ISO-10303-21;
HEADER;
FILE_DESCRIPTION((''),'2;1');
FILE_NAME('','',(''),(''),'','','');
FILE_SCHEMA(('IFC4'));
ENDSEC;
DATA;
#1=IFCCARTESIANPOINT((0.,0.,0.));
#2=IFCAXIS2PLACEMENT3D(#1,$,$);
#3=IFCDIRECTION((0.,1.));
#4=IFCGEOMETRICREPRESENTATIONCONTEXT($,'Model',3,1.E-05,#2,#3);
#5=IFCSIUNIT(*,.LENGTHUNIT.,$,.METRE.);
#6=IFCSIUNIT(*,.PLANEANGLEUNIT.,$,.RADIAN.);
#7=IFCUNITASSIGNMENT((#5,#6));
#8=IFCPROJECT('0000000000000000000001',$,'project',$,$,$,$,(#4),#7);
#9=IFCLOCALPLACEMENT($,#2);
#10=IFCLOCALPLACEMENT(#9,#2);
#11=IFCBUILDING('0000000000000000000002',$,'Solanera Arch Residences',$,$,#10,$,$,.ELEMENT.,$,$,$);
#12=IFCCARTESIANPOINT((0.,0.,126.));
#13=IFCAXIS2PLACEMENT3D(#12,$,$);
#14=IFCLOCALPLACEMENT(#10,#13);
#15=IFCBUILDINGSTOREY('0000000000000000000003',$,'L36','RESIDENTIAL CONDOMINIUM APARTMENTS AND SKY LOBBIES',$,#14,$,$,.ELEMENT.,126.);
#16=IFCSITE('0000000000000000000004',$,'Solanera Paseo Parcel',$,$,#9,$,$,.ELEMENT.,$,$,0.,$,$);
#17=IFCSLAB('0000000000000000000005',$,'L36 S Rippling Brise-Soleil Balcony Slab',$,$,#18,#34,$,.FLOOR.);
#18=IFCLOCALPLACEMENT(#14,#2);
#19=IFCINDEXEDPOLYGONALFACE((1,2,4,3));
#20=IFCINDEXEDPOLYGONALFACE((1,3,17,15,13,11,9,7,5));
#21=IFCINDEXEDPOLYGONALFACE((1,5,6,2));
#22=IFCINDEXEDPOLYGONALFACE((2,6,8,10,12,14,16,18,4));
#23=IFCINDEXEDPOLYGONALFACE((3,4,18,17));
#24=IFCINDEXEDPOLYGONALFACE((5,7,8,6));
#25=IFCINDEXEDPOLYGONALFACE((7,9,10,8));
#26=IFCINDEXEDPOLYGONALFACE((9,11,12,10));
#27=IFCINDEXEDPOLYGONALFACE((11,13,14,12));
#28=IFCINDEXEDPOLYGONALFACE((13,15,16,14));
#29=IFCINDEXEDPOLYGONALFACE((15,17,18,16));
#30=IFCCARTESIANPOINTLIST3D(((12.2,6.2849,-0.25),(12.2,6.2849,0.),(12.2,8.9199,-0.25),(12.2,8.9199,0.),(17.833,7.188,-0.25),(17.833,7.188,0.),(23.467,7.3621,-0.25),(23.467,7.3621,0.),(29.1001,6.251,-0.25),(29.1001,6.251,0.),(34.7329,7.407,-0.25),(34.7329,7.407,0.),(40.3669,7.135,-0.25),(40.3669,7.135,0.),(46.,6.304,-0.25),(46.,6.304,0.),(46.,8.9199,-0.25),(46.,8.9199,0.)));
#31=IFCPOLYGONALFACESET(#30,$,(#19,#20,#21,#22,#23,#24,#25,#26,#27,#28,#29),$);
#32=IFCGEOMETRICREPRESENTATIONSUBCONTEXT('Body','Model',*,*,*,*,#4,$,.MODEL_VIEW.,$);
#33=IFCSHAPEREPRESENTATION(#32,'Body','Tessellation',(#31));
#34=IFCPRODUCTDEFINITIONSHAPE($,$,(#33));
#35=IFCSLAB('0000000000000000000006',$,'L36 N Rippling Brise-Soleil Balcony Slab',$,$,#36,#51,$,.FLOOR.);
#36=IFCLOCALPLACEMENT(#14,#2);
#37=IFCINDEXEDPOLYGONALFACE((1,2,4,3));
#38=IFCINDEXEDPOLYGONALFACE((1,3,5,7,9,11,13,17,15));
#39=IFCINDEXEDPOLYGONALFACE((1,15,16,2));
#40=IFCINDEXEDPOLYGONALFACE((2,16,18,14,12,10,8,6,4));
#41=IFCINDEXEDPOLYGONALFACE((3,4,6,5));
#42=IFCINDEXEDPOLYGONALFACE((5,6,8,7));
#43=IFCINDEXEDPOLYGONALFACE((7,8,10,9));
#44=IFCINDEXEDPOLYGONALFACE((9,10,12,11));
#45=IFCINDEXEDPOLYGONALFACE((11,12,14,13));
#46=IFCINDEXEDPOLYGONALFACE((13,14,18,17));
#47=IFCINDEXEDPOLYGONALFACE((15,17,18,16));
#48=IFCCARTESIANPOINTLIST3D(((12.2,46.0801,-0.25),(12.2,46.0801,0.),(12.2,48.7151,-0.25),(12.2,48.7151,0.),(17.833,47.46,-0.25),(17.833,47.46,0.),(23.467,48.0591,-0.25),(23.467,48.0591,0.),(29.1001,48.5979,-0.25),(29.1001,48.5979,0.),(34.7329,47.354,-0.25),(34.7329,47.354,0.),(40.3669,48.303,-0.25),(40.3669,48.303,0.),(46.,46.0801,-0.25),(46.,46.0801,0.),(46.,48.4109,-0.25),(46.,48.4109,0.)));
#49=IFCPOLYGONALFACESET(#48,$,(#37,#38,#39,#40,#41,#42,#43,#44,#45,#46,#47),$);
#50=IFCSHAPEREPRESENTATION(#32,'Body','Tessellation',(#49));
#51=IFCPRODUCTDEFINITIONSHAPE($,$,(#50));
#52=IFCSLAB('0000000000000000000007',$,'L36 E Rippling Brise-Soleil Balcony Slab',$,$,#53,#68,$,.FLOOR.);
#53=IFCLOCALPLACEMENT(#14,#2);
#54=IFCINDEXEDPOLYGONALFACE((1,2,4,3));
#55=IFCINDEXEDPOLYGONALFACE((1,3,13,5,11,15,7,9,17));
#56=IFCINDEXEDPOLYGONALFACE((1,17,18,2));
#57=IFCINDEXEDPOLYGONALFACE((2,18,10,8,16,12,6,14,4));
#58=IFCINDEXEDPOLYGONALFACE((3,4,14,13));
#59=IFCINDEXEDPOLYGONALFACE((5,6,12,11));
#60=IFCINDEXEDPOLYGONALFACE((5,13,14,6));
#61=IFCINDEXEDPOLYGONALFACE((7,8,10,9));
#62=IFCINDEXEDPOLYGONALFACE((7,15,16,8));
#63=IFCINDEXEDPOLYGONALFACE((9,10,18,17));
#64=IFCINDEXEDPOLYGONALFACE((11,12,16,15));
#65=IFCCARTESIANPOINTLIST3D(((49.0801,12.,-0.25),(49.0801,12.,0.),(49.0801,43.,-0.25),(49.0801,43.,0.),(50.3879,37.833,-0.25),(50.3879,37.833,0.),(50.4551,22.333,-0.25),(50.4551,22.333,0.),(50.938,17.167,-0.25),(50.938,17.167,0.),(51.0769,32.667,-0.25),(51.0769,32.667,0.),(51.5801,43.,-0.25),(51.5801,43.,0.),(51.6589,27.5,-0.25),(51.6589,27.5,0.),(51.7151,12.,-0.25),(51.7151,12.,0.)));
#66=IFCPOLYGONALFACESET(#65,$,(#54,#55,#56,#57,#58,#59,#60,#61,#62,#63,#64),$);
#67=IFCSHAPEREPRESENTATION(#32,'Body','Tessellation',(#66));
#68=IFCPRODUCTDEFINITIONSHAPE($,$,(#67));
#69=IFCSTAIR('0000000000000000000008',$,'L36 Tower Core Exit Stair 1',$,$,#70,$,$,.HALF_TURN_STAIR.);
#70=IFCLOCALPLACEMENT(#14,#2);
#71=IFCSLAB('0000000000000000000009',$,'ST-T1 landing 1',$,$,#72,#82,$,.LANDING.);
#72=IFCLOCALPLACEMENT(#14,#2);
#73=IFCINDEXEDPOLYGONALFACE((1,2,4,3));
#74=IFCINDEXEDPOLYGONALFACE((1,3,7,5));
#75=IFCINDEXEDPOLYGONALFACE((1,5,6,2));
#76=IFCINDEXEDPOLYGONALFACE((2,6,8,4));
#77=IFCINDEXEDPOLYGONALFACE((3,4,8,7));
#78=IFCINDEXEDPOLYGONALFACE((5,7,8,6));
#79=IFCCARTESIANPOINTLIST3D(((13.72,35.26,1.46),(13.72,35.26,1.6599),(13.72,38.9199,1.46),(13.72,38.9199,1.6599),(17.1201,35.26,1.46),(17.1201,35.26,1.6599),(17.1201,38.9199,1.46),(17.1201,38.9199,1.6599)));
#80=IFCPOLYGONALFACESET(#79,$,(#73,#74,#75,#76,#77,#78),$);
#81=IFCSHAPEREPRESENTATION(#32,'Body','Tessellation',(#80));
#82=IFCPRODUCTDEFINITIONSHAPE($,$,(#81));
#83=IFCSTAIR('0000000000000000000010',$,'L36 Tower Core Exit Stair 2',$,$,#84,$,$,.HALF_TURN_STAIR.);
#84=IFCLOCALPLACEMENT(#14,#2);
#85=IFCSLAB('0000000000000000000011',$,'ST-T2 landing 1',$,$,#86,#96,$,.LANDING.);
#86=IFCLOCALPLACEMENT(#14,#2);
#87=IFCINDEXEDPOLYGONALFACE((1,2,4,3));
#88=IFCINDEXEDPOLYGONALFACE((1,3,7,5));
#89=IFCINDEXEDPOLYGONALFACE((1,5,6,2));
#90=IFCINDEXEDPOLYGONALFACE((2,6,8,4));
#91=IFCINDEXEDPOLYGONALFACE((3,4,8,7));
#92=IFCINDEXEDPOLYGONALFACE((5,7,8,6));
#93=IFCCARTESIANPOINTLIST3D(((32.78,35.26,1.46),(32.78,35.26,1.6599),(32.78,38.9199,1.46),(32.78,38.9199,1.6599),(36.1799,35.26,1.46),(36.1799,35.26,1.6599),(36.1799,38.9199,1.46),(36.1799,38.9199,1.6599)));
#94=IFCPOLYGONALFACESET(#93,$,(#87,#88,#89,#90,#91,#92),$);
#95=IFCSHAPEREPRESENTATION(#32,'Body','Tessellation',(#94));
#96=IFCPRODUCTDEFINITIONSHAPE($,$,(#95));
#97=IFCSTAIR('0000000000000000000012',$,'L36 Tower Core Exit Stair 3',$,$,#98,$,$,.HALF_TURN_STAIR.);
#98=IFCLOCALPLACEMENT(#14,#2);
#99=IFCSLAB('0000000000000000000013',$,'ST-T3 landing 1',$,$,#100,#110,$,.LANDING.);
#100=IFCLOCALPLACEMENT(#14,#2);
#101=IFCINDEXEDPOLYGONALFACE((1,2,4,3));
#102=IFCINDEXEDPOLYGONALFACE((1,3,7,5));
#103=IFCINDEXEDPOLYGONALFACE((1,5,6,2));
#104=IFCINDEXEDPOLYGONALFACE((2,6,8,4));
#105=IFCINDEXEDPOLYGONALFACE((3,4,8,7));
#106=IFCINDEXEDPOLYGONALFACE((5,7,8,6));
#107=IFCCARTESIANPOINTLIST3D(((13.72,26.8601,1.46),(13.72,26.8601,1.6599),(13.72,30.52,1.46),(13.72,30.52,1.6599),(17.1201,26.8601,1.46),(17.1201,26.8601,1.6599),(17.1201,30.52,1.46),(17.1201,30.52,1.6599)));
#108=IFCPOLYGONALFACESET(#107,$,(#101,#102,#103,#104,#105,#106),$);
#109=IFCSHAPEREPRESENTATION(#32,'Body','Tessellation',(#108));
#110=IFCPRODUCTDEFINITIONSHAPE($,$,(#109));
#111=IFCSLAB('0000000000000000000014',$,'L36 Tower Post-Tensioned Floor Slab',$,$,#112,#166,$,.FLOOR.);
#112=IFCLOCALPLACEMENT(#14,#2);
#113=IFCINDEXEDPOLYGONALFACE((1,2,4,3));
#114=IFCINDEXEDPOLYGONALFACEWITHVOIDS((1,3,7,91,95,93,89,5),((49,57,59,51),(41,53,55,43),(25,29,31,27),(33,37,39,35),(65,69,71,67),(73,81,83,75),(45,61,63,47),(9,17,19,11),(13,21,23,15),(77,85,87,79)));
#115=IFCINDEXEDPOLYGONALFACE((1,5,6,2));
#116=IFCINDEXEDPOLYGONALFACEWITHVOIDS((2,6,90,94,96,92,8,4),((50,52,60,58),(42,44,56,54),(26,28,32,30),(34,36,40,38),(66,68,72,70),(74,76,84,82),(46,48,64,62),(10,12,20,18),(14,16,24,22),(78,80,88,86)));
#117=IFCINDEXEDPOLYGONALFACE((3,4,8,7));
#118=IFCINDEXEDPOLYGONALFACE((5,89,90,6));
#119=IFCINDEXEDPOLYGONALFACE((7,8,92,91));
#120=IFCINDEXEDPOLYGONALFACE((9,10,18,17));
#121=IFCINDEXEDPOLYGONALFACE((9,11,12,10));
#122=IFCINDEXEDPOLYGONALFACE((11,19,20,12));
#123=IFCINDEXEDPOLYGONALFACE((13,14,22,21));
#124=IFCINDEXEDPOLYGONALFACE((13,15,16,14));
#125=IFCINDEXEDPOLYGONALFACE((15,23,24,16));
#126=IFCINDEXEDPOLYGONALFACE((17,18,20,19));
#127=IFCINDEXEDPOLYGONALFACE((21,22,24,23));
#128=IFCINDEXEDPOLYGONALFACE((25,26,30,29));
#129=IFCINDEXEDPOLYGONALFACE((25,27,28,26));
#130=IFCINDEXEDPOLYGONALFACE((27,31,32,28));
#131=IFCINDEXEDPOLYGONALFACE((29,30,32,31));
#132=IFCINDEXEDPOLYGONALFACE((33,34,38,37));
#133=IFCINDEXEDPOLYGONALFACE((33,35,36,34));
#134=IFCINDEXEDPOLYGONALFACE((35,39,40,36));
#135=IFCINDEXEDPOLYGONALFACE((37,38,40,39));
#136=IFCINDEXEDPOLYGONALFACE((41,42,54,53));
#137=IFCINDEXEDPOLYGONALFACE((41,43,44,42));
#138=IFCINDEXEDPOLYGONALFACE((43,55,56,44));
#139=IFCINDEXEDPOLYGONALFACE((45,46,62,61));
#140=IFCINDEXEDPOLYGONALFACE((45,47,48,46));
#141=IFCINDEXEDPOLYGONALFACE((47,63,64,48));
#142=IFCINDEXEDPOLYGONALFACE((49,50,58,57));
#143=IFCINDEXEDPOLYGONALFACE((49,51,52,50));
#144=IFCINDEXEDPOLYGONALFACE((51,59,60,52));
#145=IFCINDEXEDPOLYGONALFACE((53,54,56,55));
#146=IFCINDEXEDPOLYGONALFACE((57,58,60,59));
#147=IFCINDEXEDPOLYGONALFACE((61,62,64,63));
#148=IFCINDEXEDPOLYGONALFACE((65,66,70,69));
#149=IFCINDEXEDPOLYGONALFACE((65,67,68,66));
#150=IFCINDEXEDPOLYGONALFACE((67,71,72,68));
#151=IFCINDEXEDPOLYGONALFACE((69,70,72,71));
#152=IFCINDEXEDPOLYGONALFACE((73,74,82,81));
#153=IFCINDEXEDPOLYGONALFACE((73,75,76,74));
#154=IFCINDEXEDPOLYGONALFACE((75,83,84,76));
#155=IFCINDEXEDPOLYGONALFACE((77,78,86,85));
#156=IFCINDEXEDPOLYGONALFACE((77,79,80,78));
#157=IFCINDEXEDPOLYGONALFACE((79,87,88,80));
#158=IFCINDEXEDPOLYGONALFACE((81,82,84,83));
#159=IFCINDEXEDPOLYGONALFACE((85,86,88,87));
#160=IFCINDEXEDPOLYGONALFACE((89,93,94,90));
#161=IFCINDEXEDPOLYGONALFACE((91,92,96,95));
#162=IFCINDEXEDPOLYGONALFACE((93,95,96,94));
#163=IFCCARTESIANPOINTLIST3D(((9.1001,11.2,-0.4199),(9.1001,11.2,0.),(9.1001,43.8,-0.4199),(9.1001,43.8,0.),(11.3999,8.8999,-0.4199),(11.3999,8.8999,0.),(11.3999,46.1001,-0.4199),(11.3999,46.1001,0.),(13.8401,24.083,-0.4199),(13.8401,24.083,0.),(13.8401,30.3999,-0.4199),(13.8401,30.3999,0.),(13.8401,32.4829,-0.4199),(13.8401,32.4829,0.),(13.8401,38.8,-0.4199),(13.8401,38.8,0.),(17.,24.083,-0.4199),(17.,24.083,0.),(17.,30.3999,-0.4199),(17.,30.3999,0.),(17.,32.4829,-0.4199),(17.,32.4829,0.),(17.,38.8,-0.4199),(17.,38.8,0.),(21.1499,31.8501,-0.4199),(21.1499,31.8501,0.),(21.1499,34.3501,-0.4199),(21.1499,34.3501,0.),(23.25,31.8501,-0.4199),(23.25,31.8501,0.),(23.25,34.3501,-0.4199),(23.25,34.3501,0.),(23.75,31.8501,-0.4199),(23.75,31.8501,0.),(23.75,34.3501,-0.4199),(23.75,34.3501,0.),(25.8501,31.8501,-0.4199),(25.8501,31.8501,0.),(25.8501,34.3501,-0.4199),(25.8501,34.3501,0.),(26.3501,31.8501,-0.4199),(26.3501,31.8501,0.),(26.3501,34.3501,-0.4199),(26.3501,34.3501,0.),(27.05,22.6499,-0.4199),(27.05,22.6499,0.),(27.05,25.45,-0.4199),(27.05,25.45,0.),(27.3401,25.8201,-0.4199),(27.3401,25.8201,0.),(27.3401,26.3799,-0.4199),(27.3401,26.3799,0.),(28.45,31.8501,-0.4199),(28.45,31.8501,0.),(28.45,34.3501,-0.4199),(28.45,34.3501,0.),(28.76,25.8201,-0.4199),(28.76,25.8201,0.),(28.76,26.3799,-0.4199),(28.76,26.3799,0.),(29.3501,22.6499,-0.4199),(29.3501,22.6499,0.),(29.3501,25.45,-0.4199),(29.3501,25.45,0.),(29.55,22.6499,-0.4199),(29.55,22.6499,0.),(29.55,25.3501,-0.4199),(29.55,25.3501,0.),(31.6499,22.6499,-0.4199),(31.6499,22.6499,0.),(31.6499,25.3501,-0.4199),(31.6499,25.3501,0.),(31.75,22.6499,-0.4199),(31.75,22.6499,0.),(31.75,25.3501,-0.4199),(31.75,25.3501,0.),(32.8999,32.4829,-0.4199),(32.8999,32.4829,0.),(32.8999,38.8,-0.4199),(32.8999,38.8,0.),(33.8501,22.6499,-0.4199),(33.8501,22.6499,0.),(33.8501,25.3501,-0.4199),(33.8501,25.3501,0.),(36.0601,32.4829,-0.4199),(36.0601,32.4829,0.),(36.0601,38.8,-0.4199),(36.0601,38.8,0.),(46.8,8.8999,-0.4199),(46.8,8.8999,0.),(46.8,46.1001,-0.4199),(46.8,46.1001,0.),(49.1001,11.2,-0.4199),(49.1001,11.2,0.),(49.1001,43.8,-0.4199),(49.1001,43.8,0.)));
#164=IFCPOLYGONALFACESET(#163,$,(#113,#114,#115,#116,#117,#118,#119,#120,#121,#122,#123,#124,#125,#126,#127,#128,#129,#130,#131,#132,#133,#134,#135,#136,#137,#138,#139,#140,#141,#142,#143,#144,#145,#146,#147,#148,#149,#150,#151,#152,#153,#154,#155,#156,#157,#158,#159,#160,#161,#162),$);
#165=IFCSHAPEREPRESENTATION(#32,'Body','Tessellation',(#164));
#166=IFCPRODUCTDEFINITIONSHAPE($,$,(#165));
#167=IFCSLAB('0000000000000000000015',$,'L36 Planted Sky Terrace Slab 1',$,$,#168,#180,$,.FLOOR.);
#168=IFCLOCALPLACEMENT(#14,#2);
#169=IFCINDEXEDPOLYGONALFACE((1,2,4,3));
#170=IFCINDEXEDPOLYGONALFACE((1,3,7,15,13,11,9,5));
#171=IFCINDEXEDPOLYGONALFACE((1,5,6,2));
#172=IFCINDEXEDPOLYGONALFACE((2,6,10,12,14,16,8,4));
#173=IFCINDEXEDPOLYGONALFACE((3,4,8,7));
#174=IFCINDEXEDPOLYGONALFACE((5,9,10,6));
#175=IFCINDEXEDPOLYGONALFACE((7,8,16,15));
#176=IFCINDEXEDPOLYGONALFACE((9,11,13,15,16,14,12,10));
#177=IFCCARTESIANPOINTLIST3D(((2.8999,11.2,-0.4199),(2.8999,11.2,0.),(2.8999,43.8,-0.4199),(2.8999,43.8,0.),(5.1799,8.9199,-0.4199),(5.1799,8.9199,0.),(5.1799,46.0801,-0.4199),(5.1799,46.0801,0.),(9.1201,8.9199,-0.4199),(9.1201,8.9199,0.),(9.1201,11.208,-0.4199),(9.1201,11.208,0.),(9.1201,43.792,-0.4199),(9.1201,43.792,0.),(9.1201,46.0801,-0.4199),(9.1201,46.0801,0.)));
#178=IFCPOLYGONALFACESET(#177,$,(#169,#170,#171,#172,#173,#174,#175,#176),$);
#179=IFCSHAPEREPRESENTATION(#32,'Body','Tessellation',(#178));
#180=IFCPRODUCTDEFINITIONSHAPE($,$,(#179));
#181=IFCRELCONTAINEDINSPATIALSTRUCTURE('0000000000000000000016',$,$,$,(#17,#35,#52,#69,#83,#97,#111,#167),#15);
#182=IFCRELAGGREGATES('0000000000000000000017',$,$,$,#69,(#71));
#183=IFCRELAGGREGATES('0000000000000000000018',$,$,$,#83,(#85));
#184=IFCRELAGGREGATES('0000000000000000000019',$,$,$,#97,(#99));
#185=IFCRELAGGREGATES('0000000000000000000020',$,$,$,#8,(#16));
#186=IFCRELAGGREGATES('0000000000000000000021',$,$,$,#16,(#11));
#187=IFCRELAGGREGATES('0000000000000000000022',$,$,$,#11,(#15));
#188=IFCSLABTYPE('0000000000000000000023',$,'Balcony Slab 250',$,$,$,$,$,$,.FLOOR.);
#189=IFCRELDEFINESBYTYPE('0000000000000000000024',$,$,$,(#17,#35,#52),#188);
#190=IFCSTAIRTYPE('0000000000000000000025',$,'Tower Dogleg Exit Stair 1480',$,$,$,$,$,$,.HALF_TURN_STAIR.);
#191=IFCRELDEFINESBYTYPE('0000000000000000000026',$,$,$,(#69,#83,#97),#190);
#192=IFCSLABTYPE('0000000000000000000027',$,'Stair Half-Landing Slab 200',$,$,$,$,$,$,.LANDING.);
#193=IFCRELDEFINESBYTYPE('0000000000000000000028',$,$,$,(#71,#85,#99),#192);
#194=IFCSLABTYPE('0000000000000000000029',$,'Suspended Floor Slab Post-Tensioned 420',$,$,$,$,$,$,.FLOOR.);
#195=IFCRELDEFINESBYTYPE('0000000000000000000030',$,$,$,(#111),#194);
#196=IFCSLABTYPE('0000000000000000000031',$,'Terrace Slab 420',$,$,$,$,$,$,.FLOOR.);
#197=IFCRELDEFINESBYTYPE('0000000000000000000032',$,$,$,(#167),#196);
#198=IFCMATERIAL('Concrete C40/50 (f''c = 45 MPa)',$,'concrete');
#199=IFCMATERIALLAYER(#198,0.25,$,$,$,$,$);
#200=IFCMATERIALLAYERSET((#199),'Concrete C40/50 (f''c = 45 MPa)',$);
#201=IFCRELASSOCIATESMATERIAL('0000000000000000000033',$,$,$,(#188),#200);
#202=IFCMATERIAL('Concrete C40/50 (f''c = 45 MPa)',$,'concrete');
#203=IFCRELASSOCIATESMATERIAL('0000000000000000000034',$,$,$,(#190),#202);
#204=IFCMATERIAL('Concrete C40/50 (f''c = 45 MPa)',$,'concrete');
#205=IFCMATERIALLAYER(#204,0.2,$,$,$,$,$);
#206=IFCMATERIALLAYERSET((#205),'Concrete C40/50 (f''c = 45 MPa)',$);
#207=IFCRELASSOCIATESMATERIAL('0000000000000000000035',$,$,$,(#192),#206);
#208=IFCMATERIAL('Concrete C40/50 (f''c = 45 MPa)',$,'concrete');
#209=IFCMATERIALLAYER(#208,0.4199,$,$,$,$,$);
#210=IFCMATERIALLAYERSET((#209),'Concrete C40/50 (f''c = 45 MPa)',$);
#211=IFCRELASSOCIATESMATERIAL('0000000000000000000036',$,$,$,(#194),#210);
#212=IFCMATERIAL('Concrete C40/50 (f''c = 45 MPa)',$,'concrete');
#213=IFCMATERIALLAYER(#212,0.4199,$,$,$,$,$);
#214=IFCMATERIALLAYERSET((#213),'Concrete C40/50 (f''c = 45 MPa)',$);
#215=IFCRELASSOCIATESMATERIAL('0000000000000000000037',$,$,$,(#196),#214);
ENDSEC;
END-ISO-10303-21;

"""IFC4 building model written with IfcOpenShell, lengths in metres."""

from ifc_helpers import new_model, si_unit, direction, frame, origin, place, context, subcontext, project, spatial, polyline, outline, extrude, material, layer, layer_set, type_object, element, aggregate, save


model = new_model("IFC4")

# Units and contexts
model_context = context("Model", 3, precision=1e-05, world=origin(), true_north=direction((0.0, 1.0)))
body_context = subcontext(model_context, "Body", "Model", "MODEL_VIEW")
ifc_project = project(units=[si_unit("LENGTHUNIT", "METRE"), si_unit("PLANEANGLEUNIT", "RADIAN")], contexts=[model_context])

# Site, building, storey
site_placement = place(None, origin())
site = spatial("IfcSite", under=ifc_project, at=site_placement, Name="Solanera Paseo Parcel", CompositionType="ELEMENT", RefElevation=0.0)
building_placement = place(site_placement, origin())
building = spatial("IfcBuilding", under=site, at=building_placement, Name="Solanera Arch Residences", CompositionType="ELEMENT")
storey_placement = place(building_placement, frame((0.0, 0.0, 126.0)))
storey = spatial("IfcBuildingStorey", under=building, at=storey_placement, Name="L36", Description="RESIDENTIAL CONDOMINIUM APARTMENTS AND SKY LOBBIES", CompositionType="ELEMENT", Elevation=126.0)

# Slabs
ifc_material_1 = material(Name="Concrete C40/50 (f'c = 45 MPa)", Category="concrete")
ifc_layer_1 = layer(ifc_material_1, 0.25)
ifc_layer_set_1 = layer_set([ifc_layer_1], Name="Concrete C40/50 (f'c = 45 MPa)")
slab_type_1 = type_object("IfcSlabType", Name="Balcony Slab 250", PredefinedType="FLOOR", material=ifc_layer_set_1)
slab_1_placement = place(storey_placement, frame((0.0, 0.0, -0.25)))
element("IfcSlab", 1, at=slab_1_placement, inside=storey, type_object=slab_type_1, Name="L36 S Rippling Brise-Soleil Balcony Slab", PredefinedType="FLOOR", context=body_context, shape_type="SweptSolid", body=[
    extrude(outline(polyline([(12.2, 6.2849), (17.833, 7.188), (23.467, 7.3621), (29.1001, 6.251), (34.7329, 7.407), (40.3669, 7.135), (46.0, 6.304), (46.0, 8.9199), (12.2, 8.9199), (12.2, 6.2849)])), origin(), (0.0, 0.0, 1.0), 0.25),
])
slab_2_placement = place(storey_placement, frame((0.0, 0.0, -0.25)))
element("IfcSlab", 2, at=slab_2_placement, inside=storey, type_object=slab_type_1, Name="L36 N Rippling Brise-Soleil Balcony Slab", PredefinedType="FLOOR", context=body_context, shape_type="SweptSolid", body=[
    extrude(outline(polyline([(46.0, 48.4109), (40.3669, 48.303), (34.7329, 47.354), (29.1001, 48.5979), (23.467, 48.0591), (17.833, 47.46), (12.2, 48.7151), (12.2, 46.0801), (46.0, 46.0801), (46.0, 48.4109)])), origin(), (0.0, 0.0, 1.0), 0.25),
])
slab_3_placement = place(storey_placement, frame((0.0, 0.0, -0.25)))
element("IfcSlab", 3, at=slab_3_placement, inside=storey, type_object=slab_type_1, Name="L36 E Rippling Brise-Soleil Balcony Slab", PredefinedType="FLOOR", context=body_context, shape_type="SweptSolid", body=[
    extrude(outline(polyline([(51.7151, 12.0), (50.938, 17.167), (50.4551, 22.333), (51.6589, 27.5), (51.0769, 32.667), (50.3879, 37.833), (51.5801, 43.0), (49.0801, 43.0), (49.0801, 12.0), (51.7151, 12.0)])), origin(), (0.0, 0.0, 1.0), 0.25),
])

# Stairs, slabs
ifc_material_2 = material(Name="Concrete C40/50 (f'c = 45 MPa)", Category="concrete")
stair_type = type_object("IfcStairType", Name="Tower Dogleg Exit Stair 1480", PredefinedType="HALF_TURN_STAIR", material=ifc_material_2)
stair_1_placement = place(storey_placement, origin())
stair_1 = element("IfcStair", 4, at=stair_1_placement, inside=storey, type_object=stair_type, Name="L36 Tower Core Exit Stair 1", PredefinedType="HALF_TURN_STAIR")
ifc_material_3 = material(Name="Concrete C40/50 (f'c = 45 MPa)", Category="concrete")
ifc_layer_2 = layer(ifc_material_3, 0.2)
ifc_layer_set_2 = layer_set([ifc_layer_2], Name="Concrete C40/50 (f'c = 45 MPa)")
slab_type_2 = type_object("IfcSlabType", Name="Stair Half-Landing Slab 200", PredefinedType="LANDING", material=ifc_layer_set_2)
slab_4_placement = place(storey_placement, frame((0.0, 0.0, 1.46)))
slab_4 = element("IfcSlab", 5, at=slab_4_placement, type_object=slab_type_2, Name="ST-T1 landing 1", PredefinedType="LANDING", context=body_context, shape_type="SweptSolid", body=[
    extrude(outline(polyline([(17.1201, 35.26), (17.1201, 38.9199), (13.72, 38.9199), (13.72, 35.26), (17.1201, 35.26)])), origin(), (0.0, 0.0, 1.0), 0.2),
])
aggregate(stair_1, [slab_4])
stair_2_placement = place(storey_placement, origin())
stair_2 = element("IfcStair", 6, at=stair_2_placement, inside=storey, type_object=stair_type, Name="L36 Tower Core Exit Stair 2", PredefinedType="HALF_TURN_STAIR")
slab_5_placement = place(storey_placement, frame((0.0, 0.0, 1.46)))
slab_5 = element("IfcSlab", 7, at=slab_5_placement, type_object=slab_type_2, Name="ST-T2 landing 1", PredefinedType="LANDING", context=body_context, shape_type="SweptSolid", body=[
    extrude(outline(polyline([(36.1799, 35.26), (36.1799, 38.9199), (32.78, 38.9199), (32.78, 35.26), (36.1799, 35.26)])), origin(), (0.0, 0.0, 1.0), 0.2),
])
aggregate(stair_2, [slab_5])
stair_3_placement = place(storey_placement, origin())
stair_3 = element("IfcStair", 8, at=stair_3_placement, inside=storey, type_object=stair_type, Name="L36 Tower Core Exit Stair 3", PredefinedType="HALF_TURN_STAIR")
slab_6_placement = place(storey_placement, frame((0.0, 0.0, 1.46)))
slab_6 = element("IfcSlab", 9, at=slab_6_placement, type_object=slab_type_2, Name="ST-T3 landing 1", PredefinedType="LANDING", context=body_context, shape_type="SweptSolid", body=[
    extrude(outline(polyline([(17.1201, 26.8601), (17.1201, 30.52), (13.72, 30.52), (13.72, 26.8601), (17.1201, 26.8601)])), origin(), (0.0, 0.0, 1.0), 0.2),
])
aggregate(stair_3, [slab_6])

# Slabs
ifc_material_4 = material(Name="Concrete C40/50 (f'c = 45 MPa)", Category="concrete")
ifc_layer_3 = layer(ifc_material_4, 0.4199)
ifc_layer_set_3 = layer_set([ifc_layer_3], Name="Concrete C40/50 (f'c = 45 MPa)")
slab_type_3 = type_object("IfcSlabType", Name="Suspended Floor Slab Post-Tensioned 420", PredefinedType="FLOOR", material=ifc_layer_set_3)
slab_7_placement = place(storey_placement, frame((0.0, 0.0, -0.4199)))
element("IfcSlab", 10, at=slab_7_placement, inside=storey, type_object=slab_type_3, Name="L36 Tower Post-Tensioned Floor Slab", PredefinedType="FLOOR", context=body_context, shape_type="SweptSolid", body=[
    extrude(outline(polyline([(11.3999, 8.8999), (46.8, 8.8999), (49.1001, 11.2), (49.1001, 43.8), (46.8, 46.1001), (11.3999, 46.1001), (9.1001, 43.8), (9.1001, 11.2), (11.3999, 8.8999)]), holes=[polyline([(13.8401, 32.4829), (13.8401, 38.8), (17.0, 38.8), (17.0, 32.4829), (13.8401, 32.4829)]), polyline([(32.8999, 32.4829), (32.8999, 38.8), (36.0601, 38.8), (36.0601, 32.4829), (32.8999, 32.4829)]), polyline([(13.8401, 24.083), (13.8401, 30.3999), (17.0, 30.3999), (17.0, 24.083), (13.8401, 24.083)]), polyline([(21.1499, 34.3501), (23.25, 34.3501), (23.25, 31.8501), (21.1499, 31.8501), (21.1499, 34.3501)]), polyline([(23.75, 34.3501), (25.8501, 34.3501), (25.8501, 31.8501), (23.75, 31.8501), (23.75, 34.3501)]), polyline([(26.3501, 34.3501), (28.45, 34.3501), (28.45, 31.8501), (26.3501, 31.8501), (26.3501, 34.3501)]), polyline([(29.55, 25.3501), (31.6499, 25.3501), (31.6499, 22.6499), (29.55, 22.6499), (29.55, 25.3501)]), polyline([(31.75, 25.3501), (33.8501, 25.3501), (33.8501, 22.6499), (31.75, 22.6499), (31.75, 25.3501)]), polyline([(27.05, 25.45), (29.3501, 25.45), (29.3501, 22.6499), (27.05, 22.6499), (27.05, 25.45)]), polyline([(27.3401, 26.3799), (28.76, 26.3799), (28.76, 25.8201), (27.3401, 25.8201), (27.3401, 26.3799)])]), origin(), (0.0, 0.0, 1.0), 0.4199),
])
ifc_material_5 = material(Name="Concrete C40/50 (f'c = 45 MPa)", Category="concrete")
ifc_layer_4 = layer(ifc_material_5, 0.4199)
ifc_layer_set_4 = layer_set([ifc_layer_4], Name="Concrete C40/50 (f'c = 45 MPa)")
slab_type_4 = type_object("IfcSlabType", Name="Terrace Slab 420", PredefinedType="FLOOR", material=ifc_layer_set_4)
slab_8_placement = place(storey_placement, frame((0.0, 0.0, -0.4199)))
element("IfcSlab", 11, at=slab_8_placement, inside=storey, type_object=slab_type_4, Name="L36 Planted Sky Terrace Slab 1", PredefinedType="FLOOR", context=body_context, shape_type="SweptSolid", body=[
    extrude(outline(polyline([(5.1799, 8.9199), (9.1201, 8.9199), (9.1201, 11.208), (9.1201, 43.792), (9.1201, 46.0801), (5.1799, 46.0801), (2.8999, 43.8), (2.8999, 11.2), (5.1799, 8.9199)])), origin(), (0.0, 0.0, 1.0), 0.4199),
])

save(model, "model.ifc")
